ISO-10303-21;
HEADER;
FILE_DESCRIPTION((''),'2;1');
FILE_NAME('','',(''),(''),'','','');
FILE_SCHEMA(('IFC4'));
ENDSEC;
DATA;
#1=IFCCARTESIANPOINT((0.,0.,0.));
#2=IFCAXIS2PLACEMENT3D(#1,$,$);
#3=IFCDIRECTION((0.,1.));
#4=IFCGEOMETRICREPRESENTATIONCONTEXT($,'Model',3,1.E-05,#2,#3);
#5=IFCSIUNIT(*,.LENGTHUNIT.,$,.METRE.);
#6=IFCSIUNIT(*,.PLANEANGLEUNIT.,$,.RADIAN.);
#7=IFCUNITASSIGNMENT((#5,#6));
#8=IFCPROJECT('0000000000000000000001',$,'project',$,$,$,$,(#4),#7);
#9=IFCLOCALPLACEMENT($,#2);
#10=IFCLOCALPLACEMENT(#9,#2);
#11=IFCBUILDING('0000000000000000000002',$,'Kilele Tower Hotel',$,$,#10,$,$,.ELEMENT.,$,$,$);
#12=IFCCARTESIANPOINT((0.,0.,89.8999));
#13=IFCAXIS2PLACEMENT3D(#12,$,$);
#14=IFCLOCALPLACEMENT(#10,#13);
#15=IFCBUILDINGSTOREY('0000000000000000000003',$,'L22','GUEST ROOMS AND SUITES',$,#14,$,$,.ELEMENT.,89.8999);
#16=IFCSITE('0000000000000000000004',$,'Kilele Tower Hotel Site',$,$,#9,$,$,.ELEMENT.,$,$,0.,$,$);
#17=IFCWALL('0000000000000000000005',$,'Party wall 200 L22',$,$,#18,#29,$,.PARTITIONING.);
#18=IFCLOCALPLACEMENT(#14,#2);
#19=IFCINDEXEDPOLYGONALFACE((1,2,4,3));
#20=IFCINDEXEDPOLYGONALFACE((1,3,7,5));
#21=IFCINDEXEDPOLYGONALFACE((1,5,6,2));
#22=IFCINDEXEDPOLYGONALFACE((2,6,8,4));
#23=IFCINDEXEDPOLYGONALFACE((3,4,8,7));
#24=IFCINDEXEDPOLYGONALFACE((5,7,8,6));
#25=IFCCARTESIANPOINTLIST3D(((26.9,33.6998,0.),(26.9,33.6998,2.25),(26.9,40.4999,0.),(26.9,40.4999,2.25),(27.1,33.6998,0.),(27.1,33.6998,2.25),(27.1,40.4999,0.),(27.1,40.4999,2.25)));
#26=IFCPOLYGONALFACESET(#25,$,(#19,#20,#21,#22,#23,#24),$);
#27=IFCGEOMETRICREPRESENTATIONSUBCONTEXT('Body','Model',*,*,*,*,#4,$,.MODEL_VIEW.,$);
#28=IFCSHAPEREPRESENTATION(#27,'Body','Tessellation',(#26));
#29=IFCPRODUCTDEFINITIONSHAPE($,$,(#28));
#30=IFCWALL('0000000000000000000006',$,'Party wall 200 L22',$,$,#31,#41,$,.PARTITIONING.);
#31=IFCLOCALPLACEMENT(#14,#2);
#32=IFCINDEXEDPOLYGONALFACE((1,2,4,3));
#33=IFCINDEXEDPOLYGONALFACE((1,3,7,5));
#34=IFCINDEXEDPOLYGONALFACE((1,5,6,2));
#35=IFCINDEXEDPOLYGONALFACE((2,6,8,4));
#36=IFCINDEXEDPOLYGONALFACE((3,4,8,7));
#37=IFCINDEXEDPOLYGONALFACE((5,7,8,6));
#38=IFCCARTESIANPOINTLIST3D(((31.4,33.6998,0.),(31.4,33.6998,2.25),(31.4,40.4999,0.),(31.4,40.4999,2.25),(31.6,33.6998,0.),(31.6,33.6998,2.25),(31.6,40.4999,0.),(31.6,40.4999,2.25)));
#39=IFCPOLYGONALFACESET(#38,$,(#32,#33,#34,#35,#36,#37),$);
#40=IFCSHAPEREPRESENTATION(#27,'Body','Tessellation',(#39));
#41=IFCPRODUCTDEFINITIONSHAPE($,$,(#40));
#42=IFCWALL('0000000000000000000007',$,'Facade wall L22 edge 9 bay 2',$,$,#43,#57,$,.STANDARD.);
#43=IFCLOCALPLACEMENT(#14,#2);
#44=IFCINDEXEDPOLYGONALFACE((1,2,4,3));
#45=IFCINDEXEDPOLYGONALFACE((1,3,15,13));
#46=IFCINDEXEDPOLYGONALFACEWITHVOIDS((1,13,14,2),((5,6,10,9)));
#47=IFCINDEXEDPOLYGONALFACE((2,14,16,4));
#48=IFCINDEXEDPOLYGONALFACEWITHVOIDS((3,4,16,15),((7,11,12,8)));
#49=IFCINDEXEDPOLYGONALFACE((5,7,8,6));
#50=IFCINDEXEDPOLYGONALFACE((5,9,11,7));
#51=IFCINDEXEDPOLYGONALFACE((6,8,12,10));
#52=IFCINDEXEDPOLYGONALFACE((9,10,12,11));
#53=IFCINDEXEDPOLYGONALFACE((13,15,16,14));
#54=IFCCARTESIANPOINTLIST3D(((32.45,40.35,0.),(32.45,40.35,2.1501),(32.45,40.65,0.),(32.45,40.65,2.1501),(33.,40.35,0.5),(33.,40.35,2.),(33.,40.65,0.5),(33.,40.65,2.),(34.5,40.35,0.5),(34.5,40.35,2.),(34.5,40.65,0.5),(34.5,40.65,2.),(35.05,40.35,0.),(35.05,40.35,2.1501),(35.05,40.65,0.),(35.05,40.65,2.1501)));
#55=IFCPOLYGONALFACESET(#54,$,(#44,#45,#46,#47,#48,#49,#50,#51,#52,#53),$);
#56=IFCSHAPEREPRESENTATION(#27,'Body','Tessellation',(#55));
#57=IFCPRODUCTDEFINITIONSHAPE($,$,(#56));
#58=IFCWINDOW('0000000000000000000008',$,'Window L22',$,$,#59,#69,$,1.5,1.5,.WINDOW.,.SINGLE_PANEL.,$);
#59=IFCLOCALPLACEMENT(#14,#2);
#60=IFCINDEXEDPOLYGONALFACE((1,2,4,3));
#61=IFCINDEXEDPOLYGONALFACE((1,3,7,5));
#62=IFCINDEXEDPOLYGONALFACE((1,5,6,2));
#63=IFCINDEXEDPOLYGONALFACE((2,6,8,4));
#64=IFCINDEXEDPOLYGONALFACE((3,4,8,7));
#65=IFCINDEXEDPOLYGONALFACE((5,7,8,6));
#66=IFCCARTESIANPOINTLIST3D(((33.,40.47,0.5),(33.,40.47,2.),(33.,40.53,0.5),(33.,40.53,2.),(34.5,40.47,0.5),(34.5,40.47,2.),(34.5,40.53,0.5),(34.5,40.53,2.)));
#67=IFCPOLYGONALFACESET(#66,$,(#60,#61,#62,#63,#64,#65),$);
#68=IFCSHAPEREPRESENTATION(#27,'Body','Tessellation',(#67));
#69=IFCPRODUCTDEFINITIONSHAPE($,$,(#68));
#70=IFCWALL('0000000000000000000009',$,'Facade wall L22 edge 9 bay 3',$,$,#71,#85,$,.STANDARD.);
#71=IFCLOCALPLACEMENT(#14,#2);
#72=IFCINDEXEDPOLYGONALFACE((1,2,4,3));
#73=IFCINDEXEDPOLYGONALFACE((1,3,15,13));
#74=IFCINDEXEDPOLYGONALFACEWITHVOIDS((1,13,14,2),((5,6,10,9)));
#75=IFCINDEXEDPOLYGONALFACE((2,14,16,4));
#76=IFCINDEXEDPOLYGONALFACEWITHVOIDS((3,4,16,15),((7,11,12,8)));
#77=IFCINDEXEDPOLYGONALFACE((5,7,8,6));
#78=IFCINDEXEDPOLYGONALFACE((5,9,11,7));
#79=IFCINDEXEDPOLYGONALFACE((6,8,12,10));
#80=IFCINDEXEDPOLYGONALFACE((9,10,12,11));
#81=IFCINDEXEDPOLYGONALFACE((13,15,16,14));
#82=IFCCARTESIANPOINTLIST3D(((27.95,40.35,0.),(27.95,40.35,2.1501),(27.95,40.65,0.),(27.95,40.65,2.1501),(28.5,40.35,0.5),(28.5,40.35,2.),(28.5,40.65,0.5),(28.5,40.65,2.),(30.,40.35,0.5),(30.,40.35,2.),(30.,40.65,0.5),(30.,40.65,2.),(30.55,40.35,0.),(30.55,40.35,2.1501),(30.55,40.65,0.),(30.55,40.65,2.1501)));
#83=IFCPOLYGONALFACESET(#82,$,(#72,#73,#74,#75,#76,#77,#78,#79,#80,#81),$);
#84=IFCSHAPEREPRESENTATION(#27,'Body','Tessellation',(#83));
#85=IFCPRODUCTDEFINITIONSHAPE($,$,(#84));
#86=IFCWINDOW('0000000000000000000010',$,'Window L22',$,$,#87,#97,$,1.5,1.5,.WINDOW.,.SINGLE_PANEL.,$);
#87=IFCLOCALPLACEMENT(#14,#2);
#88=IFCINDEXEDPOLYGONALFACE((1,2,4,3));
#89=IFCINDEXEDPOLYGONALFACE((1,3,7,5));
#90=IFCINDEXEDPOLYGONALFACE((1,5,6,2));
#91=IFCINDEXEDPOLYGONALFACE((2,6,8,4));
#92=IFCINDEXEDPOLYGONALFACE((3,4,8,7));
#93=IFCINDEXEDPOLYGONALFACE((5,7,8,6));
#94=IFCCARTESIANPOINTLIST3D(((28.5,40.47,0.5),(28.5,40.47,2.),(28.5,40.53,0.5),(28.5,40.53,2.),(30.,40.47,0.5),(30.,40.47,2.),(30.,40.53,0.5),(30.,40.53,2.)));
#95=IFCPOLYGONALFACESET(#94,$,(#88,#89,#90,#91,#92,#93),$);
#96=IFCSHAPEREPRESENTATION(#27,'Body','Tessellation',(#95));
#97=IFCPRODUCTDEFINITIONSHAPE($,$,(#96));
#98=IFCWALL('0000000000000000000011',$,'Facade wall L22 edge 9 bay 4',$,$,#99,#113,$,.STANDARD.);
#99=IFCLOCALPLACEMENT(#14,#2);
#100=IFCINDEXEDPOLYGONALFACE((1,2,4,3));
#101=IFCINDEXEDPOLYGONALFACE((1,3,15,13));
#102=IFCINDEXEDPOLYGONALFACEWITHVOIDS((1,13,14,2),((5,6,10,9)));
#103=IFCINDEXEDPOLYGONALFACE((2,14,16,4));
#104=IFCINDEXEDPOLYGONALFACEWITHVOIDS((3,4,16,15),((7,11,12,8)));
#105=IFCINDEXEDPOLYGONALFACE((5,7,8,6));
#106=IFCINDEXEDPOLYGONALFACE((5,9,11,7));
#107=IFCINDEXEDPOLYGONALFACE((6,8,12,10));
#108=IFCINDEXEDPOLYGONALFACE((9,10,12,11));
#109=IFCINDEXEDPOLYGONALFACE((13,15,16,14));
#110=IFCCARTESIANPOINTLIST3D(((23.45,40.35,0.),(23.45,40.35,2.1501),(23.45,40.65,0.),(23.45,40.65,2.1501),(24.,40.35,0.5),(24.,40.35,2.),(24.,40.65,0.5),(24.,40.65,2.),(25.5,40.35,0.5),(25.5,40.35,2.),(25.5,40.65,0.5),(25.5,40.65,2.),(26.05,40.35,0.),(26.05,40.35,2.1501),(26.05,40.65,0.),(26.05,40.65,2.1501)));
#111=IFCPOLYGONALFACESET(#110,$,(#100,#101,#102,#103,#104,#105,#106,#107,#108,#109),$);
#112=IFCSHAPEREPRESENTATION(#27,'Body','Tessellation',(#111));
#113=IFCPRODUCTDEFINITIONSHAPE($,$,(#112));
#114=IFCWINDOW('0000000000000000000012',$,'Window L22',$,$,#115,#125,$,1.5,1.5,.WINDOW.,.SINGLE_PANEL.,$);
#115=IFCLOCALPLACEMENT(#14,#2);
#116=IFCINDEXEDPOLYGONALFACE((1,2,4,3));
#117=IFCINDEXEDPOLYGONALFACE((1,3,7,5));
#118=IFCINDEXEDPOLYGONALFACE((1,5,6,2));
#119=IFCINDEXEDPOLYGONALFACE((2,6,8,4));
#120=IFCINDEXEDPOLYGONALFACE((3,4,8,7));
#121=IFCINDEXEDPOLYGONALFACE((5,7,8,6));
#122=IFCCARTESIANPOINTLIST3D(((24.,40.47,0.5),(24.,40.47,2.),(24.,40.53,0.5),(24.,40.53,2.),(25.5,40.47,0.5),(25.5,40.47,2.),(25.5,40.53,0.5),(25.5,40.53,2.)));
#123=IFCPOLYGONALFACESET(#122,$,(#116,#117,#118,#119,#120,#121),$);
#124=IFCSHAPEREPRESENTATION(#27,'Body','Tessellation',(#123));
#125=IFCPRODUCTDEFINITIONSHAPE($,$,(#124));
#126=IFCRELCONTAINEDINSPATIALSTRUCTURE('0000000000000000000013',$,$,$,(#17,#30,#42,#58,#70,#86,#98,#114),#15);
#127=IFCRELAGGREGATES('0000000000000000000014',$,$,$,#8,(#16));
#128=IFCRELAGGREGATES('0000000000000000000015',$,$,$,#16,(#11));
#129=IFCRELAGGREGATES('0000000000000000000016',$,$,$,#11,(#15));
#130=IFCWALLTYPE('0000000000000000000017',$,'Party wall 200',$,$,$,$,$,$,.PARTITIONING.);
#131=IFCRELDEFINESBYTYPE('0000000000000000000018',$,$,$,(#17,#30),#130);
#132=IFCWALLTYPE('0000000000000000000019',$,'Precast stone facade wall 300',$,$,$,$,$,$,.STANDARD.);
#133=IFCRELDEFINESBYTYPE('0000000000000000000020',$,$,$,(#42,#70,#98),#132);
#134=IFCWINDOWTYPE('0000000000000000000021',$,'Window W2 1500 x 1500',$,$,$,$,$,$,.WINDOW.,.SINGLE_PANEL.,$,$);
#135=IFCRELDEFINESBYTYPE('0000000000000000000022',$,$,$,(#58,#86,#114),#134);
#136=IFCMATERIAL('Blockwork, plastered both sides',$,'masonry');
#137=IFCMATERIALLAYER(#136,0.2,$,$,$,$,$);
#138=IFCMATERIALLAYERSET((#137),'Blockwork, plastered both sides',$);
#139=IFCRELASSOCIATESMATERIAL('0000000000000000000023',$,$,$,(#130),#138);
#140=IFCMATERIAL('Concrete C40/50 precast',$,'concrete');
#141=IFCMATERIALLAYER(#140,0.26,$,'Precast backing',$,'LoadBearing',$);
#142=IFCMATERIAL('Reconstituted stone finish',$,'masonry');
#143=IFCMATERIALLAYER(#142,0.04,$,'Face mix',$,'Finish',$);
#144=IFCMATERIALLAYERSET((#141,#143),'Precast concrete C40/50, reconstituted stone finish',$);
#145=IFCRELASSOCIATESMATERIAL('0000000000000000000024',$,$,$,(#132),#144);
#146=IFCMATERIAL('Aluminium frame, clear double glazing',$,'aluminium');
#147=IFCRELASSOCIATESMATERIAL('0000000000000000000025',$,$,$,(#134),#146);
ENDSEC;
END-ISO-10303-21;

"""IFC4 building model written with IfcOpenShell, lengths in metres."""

from ifc_helpers import new_model, si_unit, direction, frame, frame_2d, origin, place, context, subcontext, project, spatial, rectangle, extrude, material, layer, layer_set, type_object, element, fill, save


model = new_model("IFC4")

# Units and contexts
model_context = context("Model", 3, precision=1e-05, world=origin(), true_north=direction((0.0, 1.0)))
body_context = subcontext(model_context, "Body", "Model", "MODEL_VIEW")
ifc_project = project(units=[si_unit("LENGTHUNIT", "METRE"), si_unit("PLANEANGLEUNIT", "RADIAN")], contexts=[model_context])

# Site, building, storey
site_placement = place(None, origin())
site = spatial("IfcSite", under=ifc_project, at=site_placement, Name="Kilele Tower Hotel Site", CompositionType="ELEMENT", RefElevation=0.0)
building_placement = place(site_placement, origin())
building = spatial("IfcBuilding", under=site, at=building_placement, Name="Kilele Tower Hotel", CompositionType="ELEMENT")
storey_placement = place(building_placement, frame((0.0, 0.0, 89.8999)))
storey = spatial("IfcBuildingStorey", under=building, at=storey_placement, Name="L22", Description="GUEST ROOMS AND SUITES", CompositionType="ELEMENT", Elevation=89.8999)

# Walls
ifc_material_1 = material(Name="Blockwork, plastered both sides", Category="masonry")
ifc_layer_1 = layer(ifc_material_1, 0.2)
ifc_layer_set_1 = layer_set([ifc_layer_1], Name="Blockwork, plastered both sides")
wall_type_1 = type_object("IfcWallType", Name="Party wall 200", PredefinedType="PARTITIONING", material=ifc_layer_set_1)
for number, where, z_axis, x_axis, name in (
    (1, (27.0, 33.7, 0.0), (0.0, 0.0, 1.0), (0.0, 1.0, 0.0), "Party wall 200 L22"),
    (2, (31.5, 33.7, 0.0), (0.0, 0.0, 1.0), (0.0, 1.0, 0.0), "Party wall 200 L22"),
):
    element("IfcWall", number, at=place(storey_placement, frame(where, z_axis=z_axis, x_axis=x_axis)), inside=storey, type_object=wall_type_1, Name=name, PredefinedType="PARTITIONING", context=body_context, shape_type="SweptSolid", body=[
        extrude(rectangle(XDim=6.8, YDim=0.2, at=frame_2d((3.3999, 0.0))), origin(), (0.0, 0.0, 1.0), 2.25),
    ])

# Walls, openings, windows
ifc_material_2 = material(Name="Concrete C40/50 precast", Category="concrete")
ifc_layer_2 = layer(ifc_material_2, 0.26, Name="Precast backing", Category="LoadBearing")
ifc_material_3 = material(Name="Reconstituted stone finish", Category="masonry")
ifc_layer_3 = layer(ifc_material_3, 0.04, Name="Face mix", Category="Finish")
ifc_layer_set_2 = layer_set([ifc_layer_2, ifc_layer_3], Name="Precast concrete C40/50, reconstituted stone finish")
wall_type_2 = type_object("IfcWallType", Name="Precast stone facade wall 300", PredefinedType="STANDARD", material=ifc_layer_set_2)
wall_1_placement = place(storey_placement, frame((35.05, 40.5, 0.0), z_axis=(0.0, 0.0, 1.0), x_axis=(-1.0, 0.0, 0.0)))
wall_1 = element("IfcWall", 3, at=wall_1_placement, inside=storey, type_object=wall_type_2, Name="Facade wall L22 edge 9 bay 2", PredefinedType="STANDARD", context=body_context, shape_type="SweptSolid", body=[
    extrude(rectangle(XDim=2.6001, YDim=0.3, at=frame_2d((1.3, 0.0))), origin(), (0.0, 0.0, 1.0), 2.1501),
])
opening_1_placement = place(wall_1_placement, frame((0.55, 0.0, 0.5)))
opening_1 = element("IfcOpeningElement", 4, at=opening_1_placement, cuts=wall_1, PredefinedType="OPENING", context=body_context, shape_type="SweptSolid", body=[
    extrude(rectangle(XDim=1.5, YDim=1.5, at=frame_2d((0.75, 0.75))), frame((0.0, 0.1599, 0.0), z_axis=(0.0, -1.0, 0.0), x_axis=(1.0, 0.0, 0.0)), (0.0, 0.0, 1.0), 0.3201),
])
ifc_material_4 = material(Name="Aluminium frame, clear double glazing", Category="aluminium")
window_type = type_object("IfcWindowType", Name="Window W2 1500 x 1500", PartitioningType="SINGLE_PANEL", PredefinedType="WINDOW", material=ifc_material_4)
window_1_placement = place(opening_1_placement, origin())
window_1 = element("IfcWindow", 5, at=window_1_placement, inside=storey, type_object=window_type, Name="Window L22", OverallHeight=1.5, OverallWidth=1.5, PartitioningType="SINGLE_PANEL", PredefinedType="WINDOW", context=body_context, shape_type="SweptSolid", body=[
    extrude(rectangle(XDim=1.5, YDim=1.5, at=frame_2d((0.75, 0.75))), frame((0.0, 0.03, 0.0), z_axis=(0.0, -1.0, 0.0), x_axis=(1.0, 0.0, 0.0)), (0.0, 0.0, 1.0), 0.0601),
])
fill(opening_1, window_1)
wall_2_placement = place(storey_placement, frame((30.55, 40.5, 0.0), z_axis=(0.0, 0.0, 1.0), x_axis=(-1.0, 0.0, 0.0)))
wall_2 = element("IfcWall", 6, at=wall_2_placement, inside=storey, type_object=wall_type_2, Name="Facade wall L22 edge 9 bay 3", PredefinedType="STANDARD", context=body_context, shape_type="SweptSolid", body=[
    extrude(rectangle(XDim=2.6001, YDim=0.3, at=frame_2d((1.3, 0.0))), origin(), (0.0, 0.0, 1.0), 2.1501),
])
opening_2_placement = place(wall_2_placement, frame((0.55, 0.0, 0.5)))
opening_2 = element("IfcOpeningElement", 7, at=opening_2_placement, cuts=wall_2, PredefinedType="OPENING", context=body_context, shape_type="SweptSolid", body=[
    extrude(rectangle(XDim=1.5, YDim=1.5, at=frame_2d((0.75, 0.75))), frame((0.0, 0.1599, 0.0), z_axis=(0.0, -1.0, 0.0), x_axis=(1.0, 0.0, 0.0)), (0.0, 0.0, 1.0), 0.3201),
])
window_2_placement = place(opening_2_placement, origin())
window_2 = element("IfcWindow", 8, at=window_2_placement, inside=storey, type_object=window_type, Name="Window L22", OverallHeight=1.5, OverallWidth=1.5, PartitioningType="SINGLE_PANEL", PredefinedType="WINDOW", context=body_context, shape_type="SweptSolid", body=[
    extrude(rectangle(XDim=1.5, YDim=1.5, at=frame_2d((0.75, 0.75))), frame((0.0, 0.03, 0.0), z_axis=(0.0, -1.0, 0.0), x_axis=(1.0, 0.0, 0.0)), (0.0, 0.0, 1.0), 0.0601),
])
fill(opening_2, window_2)
wall_3_placement = place(storey_placement, frame((26.05, 40.5, 0.0), z_axis=(0.0, 0.0, 1.0), x_axis=(-1.0, 0.0, 0.0)))
wall_3 = element("IfcWall", 9, at=wall_3_placement, inside=storey, type_object=wall_type_2, Name="Facade wall L22 edge 9 bay 4", PredefinedType="STANDARD", context=body_context, shape_type="SweptSolid", body=[
    extrude(rectangle(XDim=2.6001, YDim=0.3, at=frame_2d((1.3, 0.0))), origin(), (0.0, 0.0, 1.0), 2.1501),
])
opening_3_placement = place(wall_3_placement, frame((0.55, 0.0, 0.5)))
opening_3 = element("IfcOpeningElement", 10, at=opening_3_placement, cuts=wall_3, PredefinedType="OPENING", context=body_context, shape_type="SweptSolid", body=[
    extrude(rectangle(XDim=1.5, YDim=1.5, at=frame_2d((0.75, 0.75))), frame((0.0, 0.1599, 0.0), z_axis=(0.0, -1.0, 0.0), x_axis=(1.0, 0.0, 0.0)), (0.0, 0.0, 1.0), 0.3201),
])
window_3_placement = place(opening_3_placement, origin())
window_3 = element("IfcWindow", 11, at=window_3_placement, inside=storey, type_object=window_type, Name="Window L22", OverallHeight=1.5, OverallWidth=1.5, PartitioningType="SINGLE_PANEL", PredefinedType="WINDOW", context=body_context, shape_type="SweptSolid", body=[
    extrude(rectangle(XDim=1.5, YDim=1.5, at=frame_2d((0.75, 0.75))), frame((0.0, 0.03, 0.0), z_axis=(0.0, -1.0, 0.0), x_axis=(1.0, 0.0, 0.0)), (0.0, 0.0, 1.0), 0.0601),
])
fill(opening_3, window_3)

save(model, "model.ifc")
